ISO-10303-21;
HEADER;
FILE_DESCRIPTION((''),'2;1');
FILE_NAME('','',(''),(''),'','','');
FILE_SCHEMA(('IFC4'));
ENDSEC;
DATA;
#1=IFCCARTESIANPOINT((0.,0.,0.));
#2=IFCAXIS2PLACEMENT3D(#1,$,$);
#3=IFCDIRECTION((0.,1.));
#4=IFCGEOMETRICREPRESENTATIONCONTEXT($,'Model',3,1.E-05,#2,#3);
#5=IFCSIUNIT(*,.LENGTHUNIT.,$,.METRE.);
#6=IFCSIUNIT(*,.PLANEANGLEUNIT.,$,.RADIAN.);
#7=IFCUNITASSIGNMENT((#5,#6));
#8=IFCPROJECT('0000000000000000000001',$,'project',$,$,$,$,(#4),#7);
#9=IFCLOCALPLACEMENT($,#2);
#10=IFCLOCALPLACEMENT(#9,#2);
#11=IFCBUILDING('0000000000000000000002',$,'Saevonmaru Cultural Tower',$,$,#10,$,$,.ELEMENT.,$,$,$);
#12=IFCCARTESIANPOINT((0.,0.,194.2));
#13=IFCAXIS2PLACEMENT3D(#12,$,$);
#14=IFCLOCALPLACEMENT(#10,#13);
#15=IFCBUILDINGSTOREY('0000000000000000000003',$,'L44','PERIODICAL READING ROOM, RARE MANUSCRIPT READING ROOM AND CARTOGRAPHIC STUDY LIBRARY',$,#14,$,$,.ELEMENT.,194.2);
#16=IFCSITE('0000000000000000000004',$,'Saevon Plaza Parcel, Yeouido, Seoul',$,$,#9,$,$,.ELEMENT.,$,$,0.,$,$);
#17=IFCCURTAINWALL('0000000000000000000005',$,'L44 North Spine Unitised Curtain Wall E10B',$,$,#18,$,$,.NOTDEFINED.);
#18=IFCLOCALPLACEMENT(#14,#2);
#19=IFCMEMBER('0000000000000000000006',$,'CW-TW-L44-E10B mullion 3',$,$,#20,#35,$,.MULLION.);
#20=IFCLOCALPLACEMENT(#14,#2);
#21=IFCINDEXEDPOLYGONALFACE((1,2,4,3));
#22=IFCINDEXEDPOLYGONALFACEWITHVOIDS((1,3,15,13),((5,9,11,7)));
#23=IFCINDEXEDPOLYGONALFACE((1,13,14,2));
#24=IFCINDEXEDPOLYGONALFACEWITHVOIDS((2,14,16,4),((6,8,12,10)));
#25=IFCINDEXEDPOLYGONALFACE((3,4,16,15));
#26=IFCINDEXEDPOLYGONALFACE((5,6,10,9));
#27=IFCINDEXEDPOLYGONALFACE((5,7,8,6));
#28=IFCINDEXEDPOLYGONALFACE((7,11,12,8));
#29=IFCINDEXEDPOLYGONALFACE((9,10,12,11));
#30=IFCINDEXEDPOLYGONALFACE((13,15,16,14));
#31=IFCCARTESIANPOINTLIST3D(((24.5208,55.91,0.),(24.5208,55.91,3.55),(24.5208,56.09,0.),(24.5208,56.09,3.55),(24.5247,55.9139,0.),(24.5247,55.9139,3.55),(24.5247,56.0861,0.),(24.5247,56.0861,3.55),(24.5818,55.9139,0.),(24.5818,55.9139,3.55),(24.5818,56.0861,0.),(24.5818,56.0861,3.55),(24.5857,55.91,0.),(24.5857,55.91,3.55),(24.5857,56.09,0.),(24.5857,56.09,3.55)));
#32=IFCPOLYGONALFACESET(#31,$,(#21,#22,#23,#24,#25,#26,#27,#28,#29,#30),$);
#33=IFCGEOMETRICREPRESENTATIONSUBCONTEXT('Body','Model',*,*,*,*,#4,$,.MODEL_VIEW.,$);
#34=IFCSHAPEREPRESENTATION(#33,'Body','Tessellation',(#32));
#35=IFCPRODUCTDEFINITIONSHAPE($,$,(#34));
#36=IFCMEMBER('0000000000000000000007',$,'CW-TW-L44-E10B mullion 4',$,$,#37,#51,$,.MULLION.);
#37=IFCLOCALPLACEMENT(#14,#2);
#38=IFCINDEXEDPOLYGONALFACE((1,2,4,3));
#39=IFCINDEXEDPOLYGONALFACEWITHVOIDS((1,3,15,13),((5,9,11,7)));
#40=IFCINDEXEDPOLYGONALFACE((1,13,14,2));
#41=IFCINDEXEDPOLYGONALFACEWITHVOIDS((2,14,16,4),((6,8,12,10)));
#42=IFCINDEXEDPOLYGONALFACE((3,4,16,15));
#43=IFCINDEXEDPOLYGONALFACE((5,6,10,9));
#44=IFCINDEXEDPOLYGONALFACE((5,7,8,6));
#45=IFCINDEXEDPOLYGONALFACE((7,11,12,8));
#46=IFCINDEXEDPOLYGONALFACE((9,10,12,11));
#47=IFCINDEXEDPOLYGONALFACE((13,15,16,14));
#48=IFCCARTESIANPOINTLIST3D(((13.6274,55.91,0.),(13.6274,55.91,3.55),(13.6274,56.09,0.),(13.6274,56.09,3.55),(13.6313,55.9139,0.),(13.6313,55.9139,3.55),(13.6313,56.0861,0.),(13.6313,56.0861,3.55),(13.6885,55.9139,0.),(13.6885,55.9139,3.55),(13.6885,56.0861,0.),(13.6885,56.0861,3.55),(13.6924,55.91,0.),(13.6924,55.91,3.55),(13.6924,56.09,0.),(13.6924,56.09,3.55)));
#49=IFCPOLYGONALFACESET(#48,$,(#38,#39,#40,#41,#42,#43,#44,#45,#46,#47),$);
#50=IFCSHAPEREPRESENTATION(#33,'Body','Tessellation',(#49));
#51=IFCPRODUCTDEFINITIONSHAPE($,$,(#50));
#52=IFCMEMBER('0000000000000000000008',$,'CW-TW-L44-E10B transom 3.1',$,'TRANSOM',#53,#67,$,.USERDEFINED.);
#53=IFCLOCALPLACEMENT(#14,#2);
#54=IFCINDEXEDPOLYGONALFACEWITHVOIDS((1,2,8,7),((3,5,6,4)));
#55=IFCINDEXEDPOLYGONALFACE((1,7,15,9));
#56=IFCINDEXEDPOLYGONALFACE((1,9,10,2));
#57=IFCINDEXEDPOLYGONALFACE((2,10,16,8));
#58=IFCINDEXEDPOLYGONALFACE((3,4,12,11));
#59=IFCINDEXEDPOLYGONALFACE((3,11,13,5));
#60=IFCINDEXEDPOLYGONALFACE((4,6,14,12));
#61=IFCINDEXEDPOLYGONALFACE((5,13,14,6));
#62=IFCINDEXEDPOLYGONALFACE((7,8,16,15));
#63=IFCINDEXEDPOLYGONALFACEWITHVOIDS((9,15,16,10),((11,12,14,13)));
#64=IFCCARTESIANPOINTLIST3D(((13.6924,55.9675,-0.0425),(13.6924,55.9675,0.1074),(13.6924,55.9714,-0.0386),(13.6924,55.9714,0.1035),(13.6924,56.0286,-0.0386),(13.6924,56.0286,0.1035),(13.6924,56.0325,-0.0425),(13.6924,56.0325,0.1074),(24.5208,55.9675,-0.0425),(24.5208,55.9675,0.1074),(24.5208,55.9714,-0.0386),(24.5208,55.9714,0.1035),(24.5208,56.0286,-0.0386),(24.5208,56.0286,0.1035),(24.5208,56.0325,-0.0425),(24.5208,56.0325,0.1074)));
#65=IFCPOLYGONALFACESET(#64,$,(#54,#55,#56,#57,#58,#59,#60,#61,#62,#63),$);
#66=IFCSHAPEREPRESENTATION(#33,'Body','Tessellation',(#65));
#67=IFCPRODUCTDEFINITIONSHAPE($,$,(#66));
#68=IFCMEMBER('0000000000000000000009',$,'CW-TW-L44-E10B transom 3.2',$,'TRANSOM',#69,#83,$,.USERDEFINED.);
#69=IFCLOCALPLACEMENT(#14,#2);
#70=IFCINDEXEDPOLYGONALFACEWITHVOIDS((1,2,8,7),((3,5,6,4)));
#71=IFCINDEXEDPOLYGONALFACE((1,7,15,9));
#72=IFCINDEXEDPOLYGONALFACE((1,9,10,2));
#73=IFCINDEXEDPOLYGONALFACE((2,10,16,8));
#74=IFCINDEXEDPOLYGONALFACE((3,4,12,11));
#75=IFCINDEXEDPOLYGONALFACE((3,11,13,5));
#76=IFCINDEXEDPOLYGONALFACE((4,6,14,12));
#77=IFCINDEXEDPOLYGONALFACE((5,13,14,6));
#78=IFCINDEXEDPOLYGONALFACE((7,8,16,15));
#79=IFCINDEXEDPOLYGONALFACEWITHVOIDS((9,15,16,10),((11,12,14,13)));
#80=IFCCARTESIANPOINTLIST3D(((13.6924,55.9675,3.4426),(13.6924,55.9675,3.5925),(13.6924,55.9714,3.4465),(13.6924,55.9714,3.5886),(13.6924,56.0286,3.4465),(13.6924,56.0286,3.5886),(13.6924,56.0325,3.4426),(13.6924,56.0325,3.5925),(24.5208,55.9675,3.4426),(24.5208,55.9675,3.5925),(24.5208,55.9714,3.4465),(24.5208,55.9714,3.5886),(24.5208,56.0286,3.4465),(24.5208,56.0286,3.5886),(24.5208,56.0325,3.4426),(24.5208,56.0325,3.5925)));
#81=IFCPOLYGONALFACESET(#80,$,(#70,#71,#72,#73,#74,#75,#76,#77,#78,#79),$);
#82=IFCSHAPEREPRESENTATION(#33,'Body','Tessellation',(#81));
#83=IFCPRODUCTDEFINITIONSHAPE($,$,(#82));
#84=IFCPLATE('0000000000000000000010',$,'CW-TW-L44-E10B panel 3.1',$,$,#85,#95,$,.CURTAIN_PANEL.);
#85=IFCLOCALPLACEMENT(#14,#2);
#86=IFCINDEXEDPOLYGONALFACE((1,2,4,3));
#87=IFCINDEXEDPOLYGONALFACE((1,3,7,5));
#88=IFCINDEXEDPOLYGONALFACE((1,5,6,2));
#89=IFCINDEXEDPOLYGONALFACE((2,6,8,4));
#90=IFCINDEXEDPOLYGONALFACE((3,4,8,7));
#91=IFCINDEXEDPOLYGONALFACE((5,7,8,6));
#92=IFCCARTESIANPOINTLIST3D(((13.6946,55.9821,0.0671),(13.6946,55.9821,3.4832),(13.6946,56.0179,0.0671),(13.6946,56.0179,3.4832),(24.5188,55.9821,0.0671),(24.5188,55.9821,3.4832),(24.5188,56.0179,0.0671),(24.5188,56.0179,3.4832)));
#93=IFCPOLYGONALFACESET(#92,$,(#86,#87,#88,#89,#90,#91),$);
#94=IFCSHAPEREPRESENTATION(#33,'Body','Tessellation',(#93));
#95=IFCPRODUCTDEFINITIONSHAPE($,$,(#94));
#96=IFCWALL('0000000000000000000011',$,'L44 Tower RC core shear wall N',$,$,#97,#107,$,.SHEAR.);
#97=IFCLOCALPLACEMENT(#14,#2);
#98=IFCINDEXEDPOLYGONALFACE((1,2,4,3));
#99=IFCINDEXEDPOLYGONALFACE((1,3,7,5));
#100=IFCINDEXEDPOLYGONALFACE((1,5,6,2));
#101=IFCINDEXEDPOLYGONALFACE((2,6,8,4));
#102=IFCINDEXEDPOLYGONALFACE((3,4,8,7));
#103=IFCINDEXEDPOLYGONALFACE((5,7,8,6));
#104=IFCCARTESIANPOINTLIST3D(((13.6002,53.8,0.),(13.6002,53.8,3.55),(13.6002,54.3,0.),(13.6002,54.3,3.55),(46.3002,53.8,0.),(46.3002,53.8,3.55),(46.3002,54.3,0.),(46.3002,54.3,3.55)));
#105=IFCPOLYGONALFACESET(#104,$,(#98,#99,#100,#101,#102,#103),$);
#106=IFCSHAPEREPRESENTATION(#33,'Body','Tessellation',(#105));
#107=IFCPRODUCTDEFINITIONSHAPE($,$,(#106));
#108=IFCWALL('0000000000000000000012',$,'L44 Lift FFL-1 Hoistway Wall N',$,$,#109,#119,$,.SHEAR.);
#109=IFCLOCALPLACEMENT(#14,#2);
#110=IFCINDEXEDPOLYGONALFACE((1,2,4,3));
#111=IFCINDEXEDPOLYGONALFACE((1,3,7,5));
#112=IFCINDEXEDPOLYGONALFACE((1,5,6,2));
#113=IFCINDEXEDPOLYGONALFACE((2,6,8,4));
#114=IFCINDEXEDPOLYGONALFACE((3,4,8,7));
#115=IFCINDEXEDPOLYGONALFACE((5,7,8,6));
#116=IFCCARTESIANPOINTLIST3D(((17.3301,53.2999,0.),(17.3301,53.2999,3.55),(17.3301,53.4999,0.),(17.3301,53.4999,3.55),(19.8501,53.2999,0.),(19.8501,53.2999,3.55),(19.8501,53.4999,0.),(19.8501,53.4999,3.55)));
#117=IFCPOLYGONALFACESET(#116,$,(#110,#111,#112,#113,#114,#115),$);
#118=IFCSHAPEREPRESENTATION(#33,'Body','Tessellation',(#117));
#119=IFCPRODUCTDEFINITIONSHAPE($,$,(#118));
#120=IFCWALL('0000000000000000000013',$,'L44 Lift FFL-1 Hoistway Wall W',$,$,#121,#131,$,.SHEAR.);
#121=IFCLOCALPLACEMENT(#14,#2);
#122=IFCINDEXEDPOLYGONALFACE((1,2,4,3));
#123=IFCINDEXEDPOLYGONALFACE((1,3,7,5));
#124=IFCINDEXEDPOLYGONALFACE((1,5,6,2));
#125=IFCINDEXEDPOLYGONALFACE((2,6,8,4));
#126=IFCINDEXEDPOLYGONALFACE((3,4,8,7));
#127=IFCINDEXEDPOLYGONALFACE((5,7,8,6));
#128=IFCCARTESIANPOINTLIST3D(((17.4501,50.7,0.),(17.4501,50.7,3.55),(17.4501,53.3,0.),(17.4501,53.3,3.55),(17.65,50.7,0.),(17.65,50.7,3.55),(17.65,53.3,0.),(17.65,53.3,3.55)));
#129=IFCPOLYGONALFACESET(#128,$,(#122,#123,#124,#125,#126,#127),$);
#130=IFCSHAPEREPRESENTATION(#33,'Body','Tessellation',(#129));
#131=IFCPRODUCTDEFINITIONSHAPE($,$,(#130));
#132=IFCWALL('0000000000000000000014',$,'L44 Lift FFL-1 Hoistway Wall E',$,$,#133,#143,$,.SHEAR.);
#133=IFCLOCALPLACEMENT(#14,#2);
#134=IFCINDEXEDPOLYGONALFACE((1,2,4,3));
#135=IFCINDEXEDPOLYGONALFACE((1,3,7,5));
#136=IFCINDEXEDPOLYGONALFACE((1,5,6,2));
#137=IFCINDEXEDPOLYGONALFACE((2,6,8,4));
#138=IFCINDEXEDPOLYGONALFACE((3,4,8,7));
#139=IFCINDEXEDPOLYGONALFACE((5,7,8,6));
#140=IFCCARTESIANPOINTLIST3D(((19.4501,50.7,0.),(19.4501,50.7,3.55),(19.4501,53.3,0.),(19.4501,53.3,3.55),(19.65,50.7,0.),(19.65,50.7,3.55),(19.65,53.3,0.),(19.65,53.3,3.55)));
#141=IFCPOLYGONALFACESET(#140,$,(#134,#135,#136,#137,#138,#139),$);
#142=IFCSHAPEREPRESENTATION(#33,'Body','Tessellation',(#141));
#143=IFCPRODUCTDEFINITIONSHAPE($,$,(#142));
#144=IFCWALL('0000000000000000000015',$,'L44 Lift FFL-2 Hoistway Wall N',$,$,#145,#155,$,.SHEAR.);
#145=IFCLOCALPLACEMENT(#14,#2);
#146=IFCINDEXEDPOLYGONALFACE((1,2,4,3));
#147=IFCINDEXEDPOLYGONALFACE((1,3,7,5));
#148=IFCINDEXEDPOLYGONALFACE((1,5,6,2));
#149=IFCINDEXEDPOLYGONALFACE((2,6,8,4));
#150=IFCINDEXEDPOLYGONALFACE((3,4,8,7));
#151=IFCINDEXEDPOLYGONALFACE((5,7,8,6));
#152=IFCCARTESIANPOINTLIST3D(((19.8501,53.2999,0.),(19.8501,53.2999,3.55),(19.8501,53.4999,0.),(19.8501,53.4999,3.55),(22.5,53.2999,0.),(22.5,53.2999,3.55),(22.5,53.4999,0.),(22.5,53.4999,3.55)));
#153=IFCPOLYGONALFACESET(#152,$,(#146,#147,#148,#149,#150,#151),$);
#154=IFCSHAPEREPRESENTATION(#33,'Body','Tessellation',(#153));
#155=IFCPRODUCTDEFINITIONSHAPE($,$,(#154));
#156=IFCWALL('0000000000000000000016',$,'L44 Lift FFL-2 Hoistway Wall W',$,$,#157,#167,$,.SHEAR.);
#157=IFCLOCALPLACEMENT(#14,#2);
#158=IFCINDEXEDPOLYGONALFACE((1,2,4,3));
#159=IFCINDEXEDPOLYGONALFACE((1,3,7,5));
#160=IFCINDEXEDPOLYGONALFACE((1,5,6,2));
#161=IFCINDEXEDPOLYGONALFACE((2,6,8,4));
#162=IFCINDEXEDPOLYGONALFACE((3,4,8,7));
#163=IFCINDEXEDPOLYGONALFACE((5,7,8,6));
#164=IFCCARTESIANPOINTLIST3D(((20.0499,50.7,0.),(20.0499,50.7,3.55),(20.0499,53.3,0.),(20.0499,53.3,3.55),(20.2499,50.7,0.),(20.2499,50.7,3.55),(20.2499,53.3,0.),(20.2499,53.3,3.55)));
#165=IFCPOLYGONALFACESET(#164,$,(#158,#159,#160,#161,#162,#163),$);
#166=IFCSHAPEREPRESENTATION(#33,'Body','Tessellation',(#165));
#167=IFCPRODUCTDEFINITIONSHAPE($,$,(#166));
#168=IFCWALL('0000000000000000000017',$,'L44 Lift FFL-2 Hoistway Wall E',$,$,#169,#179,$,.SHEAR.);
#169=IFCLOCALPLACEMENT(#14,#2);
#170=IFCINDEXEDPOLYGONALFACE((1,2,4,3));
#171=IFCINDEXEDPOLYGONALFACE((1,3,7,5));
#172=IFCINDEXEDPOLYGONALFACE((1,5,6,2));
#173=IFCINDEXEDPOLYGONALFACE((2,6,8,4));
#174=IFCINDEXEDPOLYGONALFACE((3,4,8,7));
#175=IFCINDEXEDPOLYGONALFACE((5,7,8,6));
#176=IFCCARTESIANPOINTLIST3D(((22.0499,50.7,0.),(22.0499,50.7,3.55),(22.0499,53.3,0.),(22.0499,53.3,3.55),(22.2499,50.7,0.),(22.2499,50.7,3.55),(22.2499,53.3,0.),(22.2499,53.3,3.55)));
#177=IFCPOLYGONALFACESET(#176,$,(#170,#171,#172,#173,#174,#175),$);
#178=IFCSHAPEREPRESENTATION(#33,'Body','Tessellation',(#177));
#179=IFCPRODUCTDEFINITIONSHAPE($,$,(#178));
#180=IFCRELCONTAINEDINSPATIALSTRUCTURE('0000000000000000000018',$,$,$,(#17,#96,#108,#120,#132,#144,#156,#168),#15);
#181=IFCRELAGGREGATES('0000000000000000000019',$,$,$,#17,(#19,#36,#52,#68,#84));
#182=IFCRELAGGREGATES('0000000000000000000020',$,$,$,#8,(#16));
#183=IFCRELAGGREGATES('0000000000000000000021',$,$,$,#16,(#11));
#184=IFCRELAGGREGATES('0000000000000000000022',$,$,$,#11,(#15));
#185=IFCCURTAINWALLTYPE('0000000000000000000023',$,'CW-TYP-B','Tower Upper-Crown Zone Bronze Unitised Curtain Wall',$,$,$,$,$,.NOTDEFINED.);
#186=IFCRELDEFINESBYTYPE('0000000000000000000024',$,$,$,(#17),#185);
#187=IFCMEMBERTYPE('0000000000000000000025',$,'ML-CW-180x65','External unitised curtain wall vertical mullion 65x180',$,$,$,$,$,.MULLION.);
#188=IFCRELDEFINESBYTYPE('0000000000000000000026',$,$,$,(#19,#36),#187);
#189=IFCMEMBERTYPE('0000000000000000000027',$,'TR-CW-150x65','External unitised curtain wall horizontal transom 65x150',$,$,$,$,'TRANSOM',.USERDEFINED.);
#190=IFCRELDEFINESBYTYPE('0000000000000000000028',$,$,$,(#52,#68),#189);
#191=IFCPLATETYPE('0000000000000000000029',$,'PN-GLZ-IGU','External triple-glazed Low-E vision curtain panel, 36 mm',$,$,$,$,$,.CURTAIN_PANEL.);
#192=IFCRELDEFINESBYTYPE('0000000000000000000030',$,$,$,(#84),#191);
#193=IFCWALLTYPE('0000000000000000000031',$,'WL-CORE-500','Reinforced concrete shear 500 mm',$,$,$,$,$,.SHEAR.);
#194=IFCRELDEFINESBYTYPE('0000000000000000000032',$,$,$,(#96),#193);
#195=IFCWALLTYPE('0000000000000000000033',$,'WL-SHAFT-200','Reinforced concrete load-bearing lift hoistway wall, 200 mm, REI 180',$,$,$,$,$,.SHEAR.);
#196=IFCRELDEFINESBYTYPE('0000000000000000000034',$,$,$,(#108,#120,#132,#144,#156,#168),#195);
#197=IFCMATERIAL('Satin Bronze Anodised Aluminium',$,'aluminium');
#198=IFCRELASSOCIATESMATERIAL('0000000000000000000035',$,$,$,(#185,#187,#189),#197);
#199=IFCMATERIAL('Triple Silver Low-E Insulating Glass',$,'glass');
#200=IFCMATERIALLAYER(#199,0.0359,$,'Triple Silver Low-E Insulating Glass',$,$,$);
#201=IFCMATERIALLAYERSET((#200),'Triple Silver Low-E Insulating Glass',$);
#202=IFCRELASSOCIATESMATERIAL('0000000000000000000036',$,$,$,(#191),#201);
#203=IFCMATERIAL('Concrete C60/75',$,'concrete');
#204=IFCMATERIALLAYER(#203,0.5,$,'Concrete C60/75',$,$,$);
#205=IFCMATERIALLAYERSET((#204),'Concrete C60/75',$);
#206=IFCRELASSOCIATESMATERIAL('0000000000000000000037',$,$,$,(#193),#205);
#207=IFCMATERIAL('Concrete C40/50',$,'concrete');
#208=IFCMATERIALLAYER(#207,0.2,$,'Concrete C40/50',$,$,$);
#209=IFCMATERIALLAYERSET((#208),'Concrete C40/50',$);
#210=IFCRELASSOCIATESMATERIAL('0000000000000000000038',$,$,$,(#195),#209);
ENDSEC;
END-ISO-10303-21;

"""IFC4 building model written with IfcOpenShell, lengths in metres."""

from ifc_helpers import new_model, si_unit, direction, frame, frame_2d, origin, origin_2d, place, context, subcontext, project, spatial, rectangle, hollow_rectangle, extrude, material, layer, layer_set, material_profile, profile_set, type_object, element, aggregate, save


model = new_model("IFC4")

# Units and contexts
model_context = context("Model", 3, precision=1e-05, world=origin(), true_north=direction((0.0, 1.0)))
body_context = subcontext(model_context, "Body", "Model", "MODEL_VIEW")
ifc_project = project(units=[si_unit("LENGTHUNIT", "METRE"), si_unit("PLANEANGLEUNIT", "RADIAN")], contexts=[model_context])

# Site, building, storey
site_placement = place(None, origin())
site = spatial("IfcSite", under=ifc_project, at=site_placement, Name="Saevon Plaza Parcel, Yeouido, Seoul", CompositionType="ELEMENT", RefElevation=0.0)
building_placement = place(site_placement, origin())
building = spatial("IfcBuilding", under=site, at=building_placement, Name="Saevonmaru Cultural Tower", CompositionType="ELEMENT")
storey_placement = place(building_placement, frame((0.0, 0.0, 194.2)))
storey = spatial("IfcBuildingStorey", under=building, at=storey_placement, Name="L44", Description="PERIODICAL READING ROOM, RARE MANUSCRIPT READING ROOM AND CARTOGRAPHIC STUDY LIBRARY", CompositionType="ELEMENT", Elevation=194.2)

# Curtain wall, members, plate
ifc_material_1 = material(Name="Satin Bronze Anodised Aluminium", Category="aluminium")
curtain_wall_type = type_object("IfcCurtainWallType", Name="CW-TYP-B", Description="Tower Upper-Crown Zone Bronze Unitised Curtain Wall", PredefinedType="NOTDEFINED", material=ifc_material_1)
curtain_wall_placement = place(storey_placement, origin())
curtain_wall = element("IfcCurtainWall", 1, at=curtain_wall_placement, inside=storey, type_object=curtain_wall_type, Name="L44 North Spine Unitised Curtain Wall E10B", PredefinedType="NOTDEFINED")
ifc_material_profile_1 = material_profile(ifc_material_1, hollow_rectangle(XDim=0.0649, YDim=0.1799, WallThickness=0.0039, at=origin_2d()), Name="ALU-MULL-180x65x4")
ifc_profile_set_1 = profile_set([ifc_material_profile_1], Name="Satin Bronze Anodised Aluminium")
member_type_1 = type_object("IfcMemberType", Name="ML-CW-180x65", Description="External unitised curtain wall vertical mullion 65x180", PredefinedType="MULLION", material=ifc_profile_set_1)
member_1_placement = place(storey_placement, frame((24.5532, 56.0, 0.0), z_axis=(0.0, 0.0, 1.0), x_axis=(-1.0, 0.0, 0.0)))
member_1 = element("IfcMember", 2, at=member_1_placement, type_object=member_type_1, Name="CW-TW-L44-E10B mullion 3", PredefinedType="MULLION", context=body_context, shape_type="SweptSolid", body=[
    extrude(hollow_rectangle(XDim=0.0649, YDim=0.1799, WallThickness=0.0039, at=origin_2d()), origin(), (0.0, 0.0, 1.0), 3.55),
])
member_2_placement = place(storey_placement, frame((13.6599, 56.0, 0.0), z_axis=(0.0, 0.0, 1.0), x_axis=(-1.0, 0.0, 0.0)))
member_2 = element("IfcMember", 3, at=member_2_placement, type_object=member_type_1, Name="CW-TW-L44-E10B mullion 4", PredefinedType="MULLION", context=body_context, shape_type="SweptSolid", body=[
    extrude(hollow_rectangle(XDim=0.0649, YDim=0.1799, WallThickness=0.0039, at=origin_2d()), origin(), (0.0, 0.0, 1.0), 3.55),
])
ifc_material_profile_2 = material_profile(ifc_material_1, hollow_rectangle(XDim=0.0649, YDim=0.1499, WallThickness=0.0039, at=origin_2d()), Name="ALU-TRAN-150x65x4")
ifc_profile_set_2 = profile_set([ifc_material_profile_2], Name="Satin Bronze Anodised Aluminium")
member_type_2 = type_object("IfcMemberType", Name="TR-CW-150x65", Description="External unitised curtain wall horizontal transom 65x150", ElementType="TRANSOM", PredefinedType="USERDEFINED", material=ifc_profile_set_2)
member_3_placement = place(storey_placement, frame((24.5208, 56.0, 0.0325), z_axis=(-1.0, 0.0, 0.0), x_axis=(0.0, -1.0, 0.0)))
member_3 = element("IfcMember", 4, at=member_3_placement, type_object=member_type_2, Name="CW-TW-L44-E10B transom 3.1", ObjectType="TRANSOM", PredefinedType="USERDEFINED", context=body_context, shape_type="SweptSolid", body=[
    extrude(hollow_rectangle(XDim=0.0649, YDim=0.1499, WallThickness=0.0039, at=origin_2d()), origin(), (0.0, 0.0, 1.0), 10.8284),
])
member_4_placement = place(storey_placement, frame((24.5208, 56.0, 3.5176), z_axis=(-1.0, 0.0, 0.0), x_axis=(0.0, -1.0, 0.0)))
member_4 = element("IfcMember", 5, at=member_4_placement, type_object=member_type_2, Name="CW-TW-L44-E10B transom 3.2", ObjectType="TRANSOM", PredefinedType="USERDEFINED", context=body_context, shape_type="SweptSolid", body=[
    extrude(hollow_rectangle(XDim=0.0649, YDim=0.1499, WallThickness=0.0039, at=origin_2d()), origin(), (0.0, 0.0, 1.0), 10.8284),
])
ifc_material_2 = material(Name="Triple Silver Low-E Insulating Glass", Category="glass")
ifc_layer_1 = layer(ifc_material_2, 0.0359, Name="Triple Silver Low-E Insulating Glass")
ifc_layer_set_1 = layer_set([ifc_layer_1], Name="Triple Silver Low-E Insulating Glass")
plate_type = type_object("IfcPlateType", Name="PN-GLZ-IGU", Description="External triple-glazed Low-E vision curtain panel, 36 mm", PredefinedType="CURTAIN_PANEL", material=ifc_layer_set_1)
plate_placement = place(storey_placement, frame((19.1067, 56.0, 0.0671), z_axis=(0.0, 0.0, 1.0), x_axis=(-1.0, 0.0, 0.0)))
plate = element("IfcPlate", 6, at=plate_placement, type_object=plate_type, Name="CW-TW-L44-E10B panel 3.1", PredefinedType="CURTAIN_PANEL", context=body_context, shape_type="SweptSolid", body=[
    extrude(rectangle(XDim=10.8242, YDim=0.0359, at=origin_2d()), origin(), (0.0, 0.0, 1.0), 3.416),
])
aggregate(curtain_wall, [member_1, member_2, member_3, member_4, plate])

# Walls
ifc_material_3 = material(Name="Concrete C60/75", Category="concrete")
ifc_layer_2 = layer(ifc_material_3, 0.5, Name="Concrete C60/75")
ifc_layer_set_2 = layer_set([ifc_layer_2], Name="Concrete C60/75")
wall_type_1 = type_object("IfcWallType", Name="WL-CORE-500", Description="Reinforced concrete shear 500 mm", PredefinedType="SHEAR", material=ifc_layer_set_2)
wall_1_placement = place(storey_placement, frame((13.6001, 54.05, 0.0), z_axis=(0.0, 0.0, 1.0), x_axis=(1.0, 0.0, 0.0)))
element("IfcWall", 7, at=wall_1_placement, inside=storey, type_object=wall_type_1, Name="L44 Tower RC core shear wall N", PredefinedType="SHEAR", context=body_context, shape_type="SweptSolid", body=[
    extrude(rectangle(XDim=32.7, YDim=0.5, at=frame_2d((16.3501, 0.0))), origin(), (0.0, 0.0, 1.0), 3.55),
])
ifc_material_4 = material(Name="Concrete C40/50", Category="concrete")
ifc_layer_3 = layer(ifc_material_4, 0.2, Name="Concrete C40/50")
ifc_layer_set_3 = layer_set([ifc_layer_3], Name="Concrete C40/50")
wall_type_2 = type_object("IfcWallType", Name="WL-SHAFT-200", Description="Reinforced concrete load-bearing lift hoistway wall, 200 mm, REI 180", PredefinedType="SHEAR", material=ifc_layer_set_3)
wall_2_placement = place(storey_placement, frame((17.3301, 53.3999, 0.0), z_axis=(0.0, 0.0, 1.0), x_axis=(1.0, 0.0, 0.0)))
element("IfcWall", 8, at=wall_2_placement, inside=storey, type_object=wall_type_2, Name="L44 Lift FFL-1 Hoistway Wall N", PredefinedType="SHEAR", context=body_context, shape_type="SweptSolid", body=[
    extrude(rectangle(XDim=2.52, YDim=0.2, at=frame_2d((1.26, 0.0))), origin(), (0.0, 0.0, 1.0), 3.55),
])
for number, where, z_axis, x_axis, name in (
    (9, (17.55, 50.7, 0.0), (0.0, 0.0, 1.0), (0.0, 1.0, 0.0), "L44 Lift FFL-1 Hoistway Wall W"),
    (10, (19.55, 50.7, 0.0), (0.0, 0.0, 1.0), (0.0, 1.0, 0.0), "L44 Lift FFL-1 Hoistway Wall E"),
):
    element("IfcWall", number, at=place(storey_placement, frame(where, z_axis=z_axis, x_axis=x_axis)), inside=storey, type_object=wall_type_2, Name=name, PredefinedType="SHEAR", context=body_context, shape_type="SweptSolid", body=[
        extrude(rectangle(XDim=2.6001, YDim=0.2, at=frame_2d((1.3, 0.0))), origin(), (0.0, 0.0, 1.0), 3.55),
    ])
wall_3_placement = place(storey_placement, frame((19.8501, 53.3999, 0.0), z_axis=(0.0, 0.0, 1.0), x_axis=(1.0, 0.0, 0.0)))
element("IfcWall", 11, at=wall_3_placement, inside=storey, type_object=wall_type_2, Name="L44 Lift FFL-2 Hoistway Wall N", PredefinedType="SHEAR", context=body_context, shape_type="SweptSolid", body=[
    extrude(rectangle(XDim=2.6499, YDim=0.2, at=frame_2d((1.325, 0.0))), origin(), (0.0, 0.0, 1.0), 3.55),
])
for number, where, z_axis, x_axis, name in (
    (12, (20.1499, 50.7, 0.0), (0.0, 0.0, 1.0), (0.0, 1.0, 0.0), "L44 Lift FFL-2 Hoistway Wall W"),
    (13, (22.1499, 50.7, 0.0), (0.0, 0.0, 1.0), (0.0, 1.0, 0.0), "L44 Lift FFL-2 Hoistway Wall E"),
):
    element("IfcWall", number, at=place(storey_placement, frame(where, z_axis=z_axis, x_axis=x_axis)), inside=storey, type_object=wall_type_2, Name=name, PredefinedType="SHEAR", context=body_context, shape_type="SweptSolid", body=[
        extrude(rectangle(XDim=2.6001, YDim=0.2, at=frame_2d((1.3, 0.0))), origin(), (0.0, 0.0, 1.0), 3.55),
    ])

save(model, "model.ifc")
